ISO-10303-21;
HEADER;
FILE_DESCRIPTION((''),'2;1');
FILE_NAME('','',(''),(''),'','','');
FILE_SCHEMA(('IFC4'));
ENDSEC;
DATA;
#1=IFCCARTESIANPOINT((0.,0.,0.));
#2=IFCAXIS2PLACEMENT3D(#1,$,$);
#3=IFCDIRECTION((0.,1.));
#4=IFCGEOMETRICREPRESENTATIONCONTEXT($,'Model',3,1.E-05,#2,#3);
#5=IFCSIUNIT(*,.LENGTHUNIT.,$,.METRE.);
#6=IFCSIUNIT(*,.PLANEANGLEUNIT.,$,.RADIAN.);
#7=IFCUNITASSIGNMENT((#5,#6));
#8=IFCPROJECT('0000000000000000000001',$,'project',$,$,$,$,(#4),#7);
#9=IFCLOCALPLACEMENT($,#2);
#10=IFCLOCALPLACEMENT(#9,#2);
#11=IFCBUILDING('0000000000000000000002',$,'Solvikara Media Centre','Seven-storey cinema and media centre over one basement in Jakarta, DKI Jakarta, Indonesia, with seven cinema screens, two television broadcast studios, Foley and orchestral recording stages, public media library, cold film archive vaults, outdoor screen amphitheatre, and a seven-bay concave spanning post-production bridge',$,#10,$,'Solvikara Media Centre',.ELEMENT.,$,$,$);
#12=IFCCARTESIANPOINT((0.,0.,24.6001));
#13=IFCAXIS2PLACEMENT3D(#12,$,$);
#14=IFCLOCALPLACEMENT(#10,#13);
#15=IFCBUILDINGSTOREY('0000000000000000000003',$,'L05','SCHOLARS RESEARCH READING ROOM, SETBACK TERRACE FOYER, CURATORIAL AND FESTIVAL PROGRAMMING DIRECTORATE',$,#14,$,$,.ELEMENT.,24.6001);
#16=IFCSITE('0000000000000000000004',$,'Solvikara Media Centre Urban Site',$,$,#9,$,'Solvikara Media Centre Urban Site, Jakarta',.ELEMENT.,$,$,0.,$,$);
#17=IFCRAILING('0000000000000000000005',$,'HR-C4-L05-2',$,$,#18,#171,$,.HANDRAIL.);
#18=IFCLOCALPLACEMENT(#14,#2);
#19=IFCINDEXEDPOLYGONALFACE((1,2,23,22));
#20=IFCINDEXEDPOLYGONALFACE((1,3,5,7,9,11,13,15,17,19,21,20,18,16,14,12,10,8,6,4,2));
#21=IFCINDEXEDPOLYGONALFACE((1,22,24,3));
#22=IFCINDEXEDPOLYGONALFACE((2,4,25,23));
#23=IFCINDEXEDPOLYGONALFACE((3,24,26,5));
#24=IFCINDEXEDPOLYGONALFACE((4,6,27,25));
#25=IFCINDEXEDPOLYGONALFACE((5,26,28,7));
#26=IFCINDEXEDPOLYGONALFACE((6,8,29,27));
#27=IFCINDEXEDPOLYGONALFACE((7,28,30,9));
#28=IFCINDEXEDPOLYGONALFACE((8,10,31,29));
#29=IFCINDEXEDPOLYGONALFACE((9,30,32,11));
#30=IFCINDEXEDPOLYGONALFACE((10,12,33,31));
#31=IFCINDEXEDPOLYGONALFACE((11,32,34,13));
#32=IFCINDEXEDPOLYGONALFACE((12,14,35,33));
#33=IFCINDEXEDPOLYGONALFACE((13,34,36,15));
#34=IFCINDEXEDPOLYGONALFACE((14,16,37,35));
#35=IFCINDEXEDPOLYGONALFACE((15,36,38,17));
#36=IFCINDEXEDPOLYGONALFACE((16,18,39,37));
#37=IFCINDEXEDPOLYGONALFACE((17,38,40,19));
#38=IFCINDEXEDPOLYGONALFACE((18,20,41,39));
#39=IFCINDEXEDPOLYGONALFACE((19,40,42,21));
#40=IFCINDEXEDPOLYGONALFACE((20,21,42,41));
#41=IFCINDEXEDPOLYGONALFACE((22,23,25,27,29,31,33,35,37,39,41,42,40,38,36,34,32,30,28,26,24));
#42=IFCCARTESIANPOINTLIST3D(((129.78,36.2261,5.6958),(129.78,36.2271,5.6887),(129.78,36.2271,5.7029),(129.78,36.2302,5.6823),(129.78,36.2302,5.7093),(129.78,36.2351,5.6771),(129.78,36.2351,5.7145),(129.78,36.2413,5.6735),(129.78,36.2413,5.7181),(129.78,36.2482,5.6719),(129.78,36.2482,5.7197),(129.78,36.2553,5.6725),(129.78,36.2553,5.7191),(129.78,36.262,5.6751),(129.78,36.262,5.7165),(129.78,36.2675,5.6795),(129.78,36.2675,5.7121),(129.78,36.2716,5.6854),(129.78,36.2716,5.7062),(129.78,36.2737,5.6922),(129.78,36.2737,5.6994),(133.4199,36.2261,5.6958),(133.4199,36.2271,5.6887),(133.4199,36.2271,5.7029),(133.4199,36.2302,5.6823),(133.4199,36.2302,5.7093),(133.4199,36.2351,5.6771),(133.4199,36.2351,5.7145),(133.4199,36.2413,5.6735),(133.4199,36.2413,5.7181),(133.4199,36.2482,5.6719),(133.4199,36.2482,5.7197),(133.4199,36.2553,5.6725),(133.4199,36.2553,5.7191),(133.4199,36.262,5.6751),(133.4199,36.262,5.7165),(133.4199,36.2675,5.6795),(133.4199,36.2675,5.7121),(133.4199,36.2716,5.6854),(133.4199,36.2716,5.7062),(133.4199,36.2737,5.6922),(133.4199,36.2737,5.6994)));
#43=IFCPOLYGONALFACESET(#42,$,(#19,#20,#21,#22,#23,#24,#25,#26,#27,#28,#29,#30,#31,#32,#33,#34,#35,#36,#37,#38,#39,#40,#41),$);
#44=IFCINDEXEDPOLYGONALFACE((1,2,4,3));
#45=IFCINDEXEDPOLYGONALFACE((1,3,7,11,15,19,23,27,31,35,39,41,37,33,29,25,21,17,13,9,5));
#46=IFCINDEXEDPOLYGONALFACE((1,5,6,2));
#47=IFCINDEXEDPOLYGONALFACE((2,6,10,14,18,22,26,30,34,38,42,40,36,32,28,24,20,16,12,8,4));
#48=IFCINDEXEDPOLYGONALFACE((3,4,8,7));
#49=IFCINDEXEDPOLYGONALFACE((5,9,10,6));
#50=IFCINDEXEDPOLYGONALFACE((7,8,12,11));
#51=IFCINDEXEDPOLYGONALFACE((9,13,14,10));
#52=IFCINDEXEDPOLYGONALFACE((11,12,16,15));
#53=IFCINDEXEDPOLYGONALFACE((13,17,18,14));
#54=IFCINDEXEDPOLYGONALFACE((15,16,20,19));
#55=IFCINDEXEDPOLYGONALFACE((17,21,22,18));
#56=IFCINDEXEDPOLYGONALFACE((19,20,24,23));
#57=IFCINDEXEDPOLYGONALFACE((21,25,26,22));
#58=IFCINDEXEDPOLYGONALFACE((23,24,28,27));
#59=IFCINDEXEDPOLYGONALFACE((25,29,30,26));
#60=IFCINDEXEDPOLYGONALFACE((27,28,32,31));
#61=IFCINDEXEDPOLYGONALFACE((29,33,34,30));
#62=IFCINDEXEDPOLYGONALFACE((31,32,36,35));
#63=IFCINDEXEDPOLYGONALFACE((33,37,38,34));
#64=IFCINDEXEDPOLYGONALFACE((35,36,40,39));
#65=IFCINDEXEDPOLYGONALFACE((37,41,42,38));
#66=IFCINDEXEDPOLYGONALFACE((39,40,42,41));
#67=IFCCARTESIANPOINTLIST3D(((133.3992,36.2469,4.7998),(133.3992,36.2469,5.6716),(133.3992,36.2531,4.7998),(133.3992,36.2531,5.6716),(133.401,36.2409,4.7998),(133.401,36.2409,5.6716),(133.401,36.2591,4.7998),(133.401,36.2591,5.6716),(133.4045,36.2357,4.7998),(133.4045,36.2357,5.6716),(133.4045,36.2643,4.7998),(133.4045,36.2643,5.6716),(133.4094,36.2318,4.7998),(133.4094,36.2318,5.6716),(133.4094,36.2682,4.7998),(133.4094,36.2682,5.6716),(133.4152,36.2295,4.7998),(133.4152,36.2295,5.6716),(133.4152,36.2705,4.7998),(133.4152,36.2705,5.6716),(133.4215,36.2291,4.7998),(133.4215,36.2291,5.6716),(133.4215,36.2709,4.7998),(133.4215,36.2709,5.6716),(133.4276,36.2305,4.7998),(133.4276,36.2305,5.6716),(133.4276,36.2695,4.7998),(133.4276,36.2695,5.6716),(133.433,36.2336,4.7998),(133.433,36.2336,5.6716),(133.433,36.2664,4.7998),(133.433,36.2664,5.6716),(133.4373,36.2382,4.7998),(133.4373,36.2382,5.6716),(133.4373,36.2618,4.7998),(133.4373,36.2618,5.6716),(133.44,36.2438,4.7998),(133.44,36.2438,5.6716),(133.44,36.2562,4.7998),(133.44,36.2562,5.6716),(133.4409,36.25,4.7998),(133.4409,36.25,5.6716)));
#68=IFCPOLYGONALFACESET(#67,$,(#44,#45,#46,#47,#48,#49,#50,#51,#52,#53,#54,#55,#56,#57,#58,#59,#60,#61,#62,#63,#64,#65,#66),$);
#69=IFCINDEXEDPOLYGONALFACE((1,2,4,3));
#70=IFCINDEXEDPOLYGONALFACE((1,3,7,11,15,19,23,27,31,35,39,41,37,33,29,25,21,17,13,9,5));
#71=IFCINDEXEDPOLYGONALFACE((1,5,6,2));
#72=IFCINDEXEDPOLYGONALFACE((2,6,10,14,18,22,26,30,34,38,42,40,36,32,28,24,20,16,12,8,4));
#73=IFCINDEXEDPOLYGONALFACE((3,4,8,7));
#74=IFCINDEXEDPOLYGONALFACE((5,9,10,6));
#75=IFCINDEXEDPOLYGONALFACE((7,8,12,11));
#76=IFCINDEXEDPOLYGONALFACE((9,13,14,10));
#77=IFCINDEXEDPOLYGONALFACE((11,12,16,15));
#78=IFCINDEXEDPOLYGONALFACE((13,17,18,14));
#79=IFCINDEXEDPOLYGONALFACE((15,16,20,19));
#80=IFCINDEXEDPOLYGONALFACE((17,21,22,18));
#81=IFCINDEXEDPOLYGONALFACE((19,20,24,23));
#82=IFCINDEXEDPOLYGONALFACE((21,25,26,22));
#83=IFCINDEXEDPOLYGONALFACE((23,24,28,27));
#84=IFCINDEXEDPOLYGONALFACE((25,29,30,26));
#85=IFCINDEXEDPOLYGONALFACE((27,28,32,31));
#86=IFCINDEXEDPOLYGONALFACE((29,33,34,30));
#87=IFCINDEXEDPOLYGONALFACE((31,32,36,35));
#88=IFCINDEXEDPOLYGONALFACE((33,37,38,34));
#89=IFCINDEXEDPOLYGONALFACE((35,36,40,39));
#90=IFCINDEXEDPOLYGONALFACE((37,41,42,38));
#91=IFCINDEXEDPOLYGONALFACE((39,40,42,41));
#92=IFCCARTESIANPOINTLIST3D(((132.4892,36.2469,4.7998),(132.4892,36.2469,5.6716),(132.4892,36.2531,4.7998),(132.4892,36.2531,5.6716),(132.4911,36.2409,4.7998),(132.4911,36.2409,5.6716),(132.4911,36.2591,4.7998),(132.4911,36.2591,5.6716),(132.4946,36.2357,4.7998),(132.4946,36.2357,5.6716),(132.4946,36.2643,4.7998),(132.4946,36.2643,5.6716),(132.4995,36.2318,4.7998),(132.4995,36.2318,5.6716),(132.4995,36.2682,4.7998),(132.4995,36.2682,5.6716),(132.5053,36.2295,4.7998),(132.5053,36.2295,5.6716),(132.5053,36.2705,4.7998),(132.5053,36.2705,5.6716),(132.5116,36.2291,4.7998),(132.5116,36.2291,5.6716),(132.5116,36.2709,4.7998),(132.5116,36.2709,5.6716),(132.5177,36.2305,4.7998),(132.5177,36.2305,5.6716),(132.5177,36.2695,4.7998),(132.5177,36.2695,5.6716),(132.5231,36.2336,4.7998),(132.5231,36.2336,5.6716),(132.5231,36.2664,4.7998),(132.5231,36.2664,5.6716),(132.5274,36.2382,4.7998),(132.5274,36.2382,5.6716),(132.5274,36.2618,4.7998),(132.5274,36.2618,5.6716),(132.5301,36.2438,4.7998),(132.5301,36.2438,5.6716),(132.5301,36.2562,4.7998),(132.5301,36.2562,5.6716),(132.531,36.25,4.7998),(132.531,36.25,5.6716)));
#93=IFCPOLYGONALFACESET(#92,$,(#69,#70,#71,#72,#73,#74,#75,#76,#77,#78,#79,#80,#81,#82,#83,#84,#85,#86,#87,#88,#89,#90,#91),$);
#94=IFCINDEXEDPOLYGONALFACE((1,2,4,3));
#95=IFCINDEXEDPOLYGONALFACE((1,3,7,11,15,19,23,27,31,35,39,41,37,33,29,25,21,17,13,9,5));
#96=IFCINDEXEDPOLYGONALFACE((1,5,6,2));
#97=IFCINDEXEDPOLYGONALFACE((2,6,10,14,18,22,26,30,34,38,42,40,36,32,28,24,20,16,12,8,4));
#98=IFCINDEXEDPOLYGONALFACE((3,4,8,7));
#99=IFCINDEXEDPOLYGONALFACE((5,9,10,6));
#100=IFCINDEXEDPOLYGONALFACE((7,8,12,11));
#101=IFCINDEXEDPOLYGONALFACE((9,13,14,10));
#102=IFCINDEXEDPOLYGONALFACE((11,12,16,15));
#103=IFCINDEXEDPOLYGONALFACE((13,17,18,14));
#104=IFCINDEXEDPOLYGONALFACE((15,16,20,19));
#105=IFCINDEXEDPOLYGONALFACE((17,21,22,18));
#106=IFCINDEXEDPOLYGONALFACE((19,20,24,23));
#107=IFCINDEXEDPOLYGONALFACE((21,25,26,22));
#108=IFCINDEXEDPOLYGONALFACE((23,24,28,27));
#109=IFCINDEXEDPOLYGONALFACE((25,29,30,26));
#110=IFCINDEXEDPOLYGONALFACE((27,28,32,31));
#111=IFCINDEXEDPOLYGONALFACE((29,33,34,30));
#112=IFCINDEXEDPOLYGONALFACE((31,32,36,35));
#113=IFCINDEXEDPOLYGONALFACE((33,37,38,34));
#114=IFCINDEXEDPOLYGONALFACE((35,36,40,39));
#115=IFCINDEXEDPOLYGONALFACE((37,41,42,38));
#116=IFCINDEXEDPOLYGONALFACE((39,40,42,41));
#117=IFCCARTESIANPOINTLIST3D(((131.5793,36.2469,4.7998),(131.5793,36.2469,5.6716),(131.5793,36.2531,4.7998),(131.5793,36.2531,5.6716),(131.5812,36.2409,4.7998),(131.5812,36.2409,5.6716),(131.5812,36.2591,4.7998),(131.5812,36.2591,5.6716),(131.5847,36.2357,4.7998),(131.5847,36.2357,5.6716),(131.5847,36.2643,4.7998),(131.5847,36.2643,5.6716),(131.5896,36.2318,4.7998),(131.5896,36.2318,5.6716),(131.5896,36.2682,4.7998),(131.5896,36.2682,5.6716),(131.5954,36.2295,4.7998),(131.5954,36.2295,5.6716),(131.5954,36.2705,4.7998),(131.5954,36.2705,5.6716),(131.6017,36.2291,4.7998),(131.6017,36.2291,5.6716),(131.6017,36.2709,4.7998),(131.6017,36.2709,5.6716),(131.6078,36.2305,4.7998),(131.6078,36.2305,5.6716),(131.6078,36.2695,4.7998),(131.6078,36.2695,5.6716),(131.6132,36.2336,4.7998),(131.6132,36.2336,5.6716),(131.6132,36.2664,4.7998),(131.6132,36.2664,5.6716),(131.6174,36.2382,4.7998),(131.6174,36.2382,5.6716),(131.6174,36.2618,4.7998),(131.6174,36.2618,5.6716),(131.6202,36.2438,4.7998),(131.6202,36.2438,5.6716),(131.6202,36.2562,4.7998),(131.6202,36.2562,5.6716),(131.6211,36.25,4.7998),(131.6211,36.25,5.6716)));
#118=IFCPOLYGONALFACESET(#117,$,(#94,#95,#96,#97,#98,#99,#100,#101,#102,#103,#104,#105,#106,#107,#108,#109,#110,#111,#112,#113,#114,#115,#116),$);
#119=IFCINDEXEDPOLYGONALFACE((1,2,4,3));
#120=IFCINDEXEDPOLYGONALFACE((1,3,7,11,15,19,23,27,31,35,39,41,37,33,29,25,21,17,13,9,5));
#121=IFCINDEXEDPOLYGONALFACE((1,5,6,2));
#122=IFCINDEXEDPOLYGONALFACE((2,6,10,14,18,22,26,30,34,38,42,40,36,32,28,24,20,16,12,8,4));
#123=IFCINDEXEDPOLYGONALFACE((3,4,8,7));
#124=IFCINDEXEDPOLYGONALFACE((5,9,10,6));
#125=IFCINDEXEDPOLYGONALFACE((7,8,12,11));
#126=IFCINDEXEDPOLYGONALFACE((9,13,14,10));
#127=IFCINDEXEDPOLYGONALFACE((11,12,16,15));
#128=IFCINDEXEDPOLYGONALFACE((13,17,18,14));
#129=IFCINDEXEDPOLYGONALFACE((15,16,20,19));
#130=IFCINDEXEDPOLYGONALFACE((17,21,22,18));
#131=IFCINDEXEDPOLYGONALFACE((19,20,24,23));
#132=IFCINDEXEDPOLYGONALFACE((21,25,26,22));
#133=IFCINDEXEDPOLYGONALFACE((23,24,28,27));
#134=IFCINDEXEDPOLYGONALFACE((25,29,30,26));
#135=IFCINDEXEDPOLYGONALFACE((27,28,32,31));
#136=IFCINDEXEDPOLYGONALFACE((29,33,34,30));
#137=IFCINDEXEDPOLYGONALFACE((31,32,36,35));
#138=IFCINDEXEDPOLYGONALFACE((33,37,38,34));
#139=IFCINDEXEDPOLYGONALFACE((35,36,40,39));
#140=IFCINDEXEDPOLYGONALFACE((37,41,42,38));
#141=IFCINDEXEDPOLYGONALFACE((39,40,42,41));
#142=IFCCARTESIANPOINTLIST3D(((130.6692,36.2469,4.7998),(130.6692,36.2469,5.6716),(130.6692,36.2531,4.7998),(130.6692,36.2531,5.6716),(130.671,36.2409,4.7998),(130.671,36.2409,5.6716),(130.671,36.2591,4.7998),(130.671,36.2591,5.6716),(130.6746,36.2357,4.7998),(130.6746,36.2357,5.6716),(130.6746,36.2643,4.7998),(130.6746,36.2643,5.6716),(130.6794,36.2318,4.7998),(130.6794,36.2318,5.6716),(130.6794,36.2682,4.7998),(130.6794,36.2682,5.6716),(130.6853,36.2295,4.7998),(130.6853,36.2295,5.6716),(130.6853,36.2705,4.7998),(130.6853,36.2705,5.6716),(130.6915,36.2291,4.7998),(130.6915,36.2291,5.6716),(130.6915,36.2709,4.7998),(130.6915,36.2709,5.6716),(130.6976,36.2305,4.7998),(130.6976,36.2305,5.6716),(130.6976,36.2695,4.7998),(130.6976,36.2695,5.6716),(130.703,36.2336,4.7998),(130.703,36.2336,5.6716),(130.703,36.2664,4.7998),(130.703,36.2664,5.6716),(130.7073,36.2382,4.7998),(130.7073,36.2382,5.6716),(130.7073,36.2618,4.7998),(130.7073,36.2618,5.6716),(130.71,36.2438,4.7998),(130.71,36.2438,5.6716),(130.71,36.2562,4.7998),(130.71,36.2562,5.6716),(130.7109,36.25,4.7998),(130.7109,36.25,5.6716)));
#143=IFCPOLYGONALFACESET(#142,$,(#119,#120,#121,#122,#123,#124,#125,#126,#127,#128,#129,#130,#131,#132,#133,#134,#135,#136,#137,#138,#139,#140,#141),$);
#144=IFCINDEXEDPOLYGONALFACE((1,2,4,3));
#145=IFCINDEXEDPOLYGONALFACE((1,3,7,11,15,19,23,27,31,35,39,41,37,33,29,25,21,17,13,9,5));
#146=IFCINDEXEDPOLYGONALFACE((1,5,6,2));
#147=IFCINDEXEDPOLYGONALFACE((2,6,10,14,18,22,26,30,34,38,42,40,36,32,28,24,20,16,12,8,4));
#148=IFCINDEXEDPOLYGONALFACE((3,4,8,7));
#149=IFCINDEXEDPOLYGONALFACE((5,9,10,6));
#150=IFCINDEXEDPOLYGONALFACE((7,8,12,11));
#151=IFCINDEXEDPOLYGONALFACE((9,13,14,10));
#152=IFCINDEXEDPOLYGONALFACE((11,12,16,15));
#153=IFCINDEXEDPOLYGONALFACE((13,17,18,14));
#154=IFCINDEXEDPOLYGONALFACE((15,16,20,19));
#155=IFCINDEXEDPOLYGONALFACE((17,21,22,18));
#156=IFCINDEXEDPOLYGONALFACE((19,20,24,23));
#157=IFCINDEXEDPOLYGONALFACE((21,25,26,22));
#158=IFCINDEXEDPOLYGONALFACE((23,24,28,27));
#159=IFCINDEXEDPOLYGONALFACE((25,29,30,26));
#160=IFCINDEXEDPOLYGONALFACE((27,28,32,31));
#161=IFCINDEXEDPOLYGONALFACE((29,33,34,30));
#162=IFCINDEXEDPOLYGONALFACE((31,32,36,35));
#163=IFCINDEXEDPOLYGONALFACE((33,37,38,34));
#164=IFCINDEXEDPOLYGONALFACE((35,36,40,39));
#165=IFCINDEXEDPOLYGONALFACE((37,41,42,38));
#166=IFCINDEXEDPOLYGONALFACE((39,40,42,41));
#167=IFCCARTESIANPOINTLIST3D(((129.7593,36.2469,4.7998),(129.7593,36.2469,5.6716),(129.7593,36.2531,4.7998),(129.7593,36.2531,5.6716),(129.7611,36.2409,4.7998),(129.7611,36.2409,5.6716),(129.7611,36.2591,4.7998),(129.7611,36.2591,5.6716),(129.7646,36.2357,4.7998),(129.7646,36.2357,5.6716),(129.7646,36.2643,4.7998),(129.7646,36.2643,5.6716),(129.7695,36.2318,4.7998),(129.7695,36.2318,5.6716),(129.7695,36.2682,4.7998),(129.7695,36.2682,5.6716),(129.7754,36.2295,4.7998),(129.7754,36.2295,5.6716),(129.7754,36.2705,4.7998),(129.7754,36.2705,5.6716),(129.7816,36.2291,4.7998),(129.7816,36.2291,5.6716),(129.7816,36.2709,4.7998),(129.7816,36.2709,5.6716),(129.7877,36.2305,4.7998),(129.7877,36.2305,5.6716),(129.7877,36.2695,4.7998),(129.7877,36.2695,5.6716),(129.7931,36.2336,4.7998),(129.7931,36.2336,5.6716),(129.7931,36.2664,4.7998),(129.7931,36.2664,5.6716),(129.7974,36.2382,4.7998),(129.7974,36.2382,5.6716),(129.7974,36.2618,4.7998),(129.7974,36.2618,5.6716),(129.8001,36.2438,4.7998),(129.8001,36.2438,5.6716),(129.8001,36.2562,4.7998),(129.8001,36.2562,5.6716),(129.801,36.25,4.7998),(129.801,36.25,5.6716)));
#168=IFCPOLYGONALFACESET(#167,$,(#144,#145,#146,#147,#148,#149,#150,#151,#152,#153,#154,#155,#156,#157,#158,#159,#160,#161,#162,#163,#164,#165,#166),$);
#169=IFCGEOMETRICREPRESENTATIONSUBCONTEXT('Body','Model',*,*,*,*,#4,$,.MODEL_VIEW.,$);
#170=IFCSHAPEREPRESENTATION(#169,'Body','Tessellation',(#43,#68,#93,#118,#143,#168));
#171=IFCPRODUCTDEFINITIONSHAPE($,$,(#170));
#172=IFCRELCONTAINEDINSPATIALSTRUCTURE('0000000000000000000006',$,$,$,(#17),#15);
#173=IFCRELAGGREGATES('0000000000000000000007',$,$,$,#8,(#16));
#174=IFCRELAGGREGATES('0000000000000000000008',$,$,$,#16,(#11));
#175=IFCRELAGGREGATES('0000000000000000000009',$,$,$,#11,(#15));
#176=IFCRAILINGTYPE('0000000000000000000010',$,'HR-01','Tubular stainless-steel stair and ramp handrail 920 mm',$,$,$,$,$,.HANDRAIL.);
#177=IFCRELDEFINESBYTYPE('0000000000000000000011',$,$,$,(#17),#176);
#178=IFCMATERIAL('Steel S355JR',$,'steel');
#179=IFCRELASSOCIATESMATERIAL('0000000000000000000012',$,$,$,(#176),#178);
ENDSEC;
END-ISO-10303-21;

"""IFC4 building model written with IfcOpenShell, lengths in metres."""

from ifc_helpers import new_model, si_unit, direction, frame, origin, origin_2d, place, context, subcontext, project, spatial, circle, extrude, material, type_object, element, save


model = new_model("IFC4")

# Units and contexts
model_context = context("Model", 3, precision=1e-05, world=origin(), true_north=direction((0.0, 1.0)))
body_context = subcontext(model_context, "Body", "Model", "MODEL_VIEW")
ifc_project = project(units=[si_unit("LENGTHUNIT", "METRE"), si_unit("PLANEANGLEUNIT", "RADIAN")], contexts=[model_context])

# Site, building, storey
site_placement = place(None, origin())
site = spatial("IfcSite", under=ifc_project, at=site_placement, Name="Solvikara Media Centre Urban Site", LongName="Solvikara Media Centre Urban Site, Jakarta", CompositionType="ELEMENT", RefElevation=0.0)
building_placement = place(site_placement, origin())
building = spatial("IfcBuilding", under=site, at=building_placement, Name="Solvikara Media Centre", Description="Seven-storey cinema and media centre over one basement in Jakarta, DKI Jakarta, Indonesia, with seven cinema screens, two television broadcast studios, Foley and orchestral recording stages, public media library, cold film archive vaults, outdoor screen amphitheatre, and a seven-bay concave spanning post-production bridge", LongName="Solvikara Media Centre", CompositionType="ELEMENT")
storey_placement = place(building_placement, frame((0.0, 0.0, 24.6001)))
storey = spatial("IfcBuildingStorey", under=building, at=storey_placement, Name="L05", Description="SCHOLARS RESEARCH READING ROOM, SETBACK TERRACE FOYER, CURATORIAL AND FESTIVAL PROGRAMMING DIRECTORATE", CompositionType="ELEMENT", Elevation=24.6001)

# Shared definitions
ifc_material_1 = material(Name="Steel S355JR", Category="steel")

# Railing
railing_type_1 = type_object("IfcRailingType", Name="HR-01", Description="Tubular stainless-steel stair and ramp handrail 920 mm", PredefinedType="HANDRAIL", material=ifc_material_1)
railing_1_placement = place(storey_placement, frame((133.4199, 36.25, 4.7998)))
element("IfcRailing", 1, at=railing_1_placement, inside=storey, type_object=railing_type_1, Name="HR-C4-L05-2", PredefinedType="HANDRAIL", context=body_context, shape_type="SweptSolid", body=[
    extrude(circle(Radius=0.0239, at=origin_2d()), frame((0.0, 0.0, 0.896), z_axis=(-1.0, 0.0, 0.0), x_axis=(0.0, -1.0, 0.0)), (0.0, 0.0, 1.0), 3.6399),
    extrude(circle(Radius=0.021, at=origin_2d()), origin(), (0.0, 0.0, 1.0), 0.8718),
    extrude(circle(Radius=0.021, at=origin_2d()), frame((-0.9099, 0.0, 0.0)), (0.0, 0.0, 1.0), 0.8718),
    extrude(circle(Radius=0.021, at=origin_2d()), frame((-1.8198, 0.0, 0.0)), (0.0, 0.0, 1.0), 0.8718),
    extrude(circle(Radius=0.021, at=origin_2d()), frame((-2.73, 0.0, 0.0)), (0.0, 0.0, 1.0), 0.8718),
    extrude(circle(Radius=0.021, at=origin_2d()), frame((-3.6399, 0.0, 0.0)), (0.0, 0.0, 1.0), 0.8718),
])

save(model, "model.ifc")
